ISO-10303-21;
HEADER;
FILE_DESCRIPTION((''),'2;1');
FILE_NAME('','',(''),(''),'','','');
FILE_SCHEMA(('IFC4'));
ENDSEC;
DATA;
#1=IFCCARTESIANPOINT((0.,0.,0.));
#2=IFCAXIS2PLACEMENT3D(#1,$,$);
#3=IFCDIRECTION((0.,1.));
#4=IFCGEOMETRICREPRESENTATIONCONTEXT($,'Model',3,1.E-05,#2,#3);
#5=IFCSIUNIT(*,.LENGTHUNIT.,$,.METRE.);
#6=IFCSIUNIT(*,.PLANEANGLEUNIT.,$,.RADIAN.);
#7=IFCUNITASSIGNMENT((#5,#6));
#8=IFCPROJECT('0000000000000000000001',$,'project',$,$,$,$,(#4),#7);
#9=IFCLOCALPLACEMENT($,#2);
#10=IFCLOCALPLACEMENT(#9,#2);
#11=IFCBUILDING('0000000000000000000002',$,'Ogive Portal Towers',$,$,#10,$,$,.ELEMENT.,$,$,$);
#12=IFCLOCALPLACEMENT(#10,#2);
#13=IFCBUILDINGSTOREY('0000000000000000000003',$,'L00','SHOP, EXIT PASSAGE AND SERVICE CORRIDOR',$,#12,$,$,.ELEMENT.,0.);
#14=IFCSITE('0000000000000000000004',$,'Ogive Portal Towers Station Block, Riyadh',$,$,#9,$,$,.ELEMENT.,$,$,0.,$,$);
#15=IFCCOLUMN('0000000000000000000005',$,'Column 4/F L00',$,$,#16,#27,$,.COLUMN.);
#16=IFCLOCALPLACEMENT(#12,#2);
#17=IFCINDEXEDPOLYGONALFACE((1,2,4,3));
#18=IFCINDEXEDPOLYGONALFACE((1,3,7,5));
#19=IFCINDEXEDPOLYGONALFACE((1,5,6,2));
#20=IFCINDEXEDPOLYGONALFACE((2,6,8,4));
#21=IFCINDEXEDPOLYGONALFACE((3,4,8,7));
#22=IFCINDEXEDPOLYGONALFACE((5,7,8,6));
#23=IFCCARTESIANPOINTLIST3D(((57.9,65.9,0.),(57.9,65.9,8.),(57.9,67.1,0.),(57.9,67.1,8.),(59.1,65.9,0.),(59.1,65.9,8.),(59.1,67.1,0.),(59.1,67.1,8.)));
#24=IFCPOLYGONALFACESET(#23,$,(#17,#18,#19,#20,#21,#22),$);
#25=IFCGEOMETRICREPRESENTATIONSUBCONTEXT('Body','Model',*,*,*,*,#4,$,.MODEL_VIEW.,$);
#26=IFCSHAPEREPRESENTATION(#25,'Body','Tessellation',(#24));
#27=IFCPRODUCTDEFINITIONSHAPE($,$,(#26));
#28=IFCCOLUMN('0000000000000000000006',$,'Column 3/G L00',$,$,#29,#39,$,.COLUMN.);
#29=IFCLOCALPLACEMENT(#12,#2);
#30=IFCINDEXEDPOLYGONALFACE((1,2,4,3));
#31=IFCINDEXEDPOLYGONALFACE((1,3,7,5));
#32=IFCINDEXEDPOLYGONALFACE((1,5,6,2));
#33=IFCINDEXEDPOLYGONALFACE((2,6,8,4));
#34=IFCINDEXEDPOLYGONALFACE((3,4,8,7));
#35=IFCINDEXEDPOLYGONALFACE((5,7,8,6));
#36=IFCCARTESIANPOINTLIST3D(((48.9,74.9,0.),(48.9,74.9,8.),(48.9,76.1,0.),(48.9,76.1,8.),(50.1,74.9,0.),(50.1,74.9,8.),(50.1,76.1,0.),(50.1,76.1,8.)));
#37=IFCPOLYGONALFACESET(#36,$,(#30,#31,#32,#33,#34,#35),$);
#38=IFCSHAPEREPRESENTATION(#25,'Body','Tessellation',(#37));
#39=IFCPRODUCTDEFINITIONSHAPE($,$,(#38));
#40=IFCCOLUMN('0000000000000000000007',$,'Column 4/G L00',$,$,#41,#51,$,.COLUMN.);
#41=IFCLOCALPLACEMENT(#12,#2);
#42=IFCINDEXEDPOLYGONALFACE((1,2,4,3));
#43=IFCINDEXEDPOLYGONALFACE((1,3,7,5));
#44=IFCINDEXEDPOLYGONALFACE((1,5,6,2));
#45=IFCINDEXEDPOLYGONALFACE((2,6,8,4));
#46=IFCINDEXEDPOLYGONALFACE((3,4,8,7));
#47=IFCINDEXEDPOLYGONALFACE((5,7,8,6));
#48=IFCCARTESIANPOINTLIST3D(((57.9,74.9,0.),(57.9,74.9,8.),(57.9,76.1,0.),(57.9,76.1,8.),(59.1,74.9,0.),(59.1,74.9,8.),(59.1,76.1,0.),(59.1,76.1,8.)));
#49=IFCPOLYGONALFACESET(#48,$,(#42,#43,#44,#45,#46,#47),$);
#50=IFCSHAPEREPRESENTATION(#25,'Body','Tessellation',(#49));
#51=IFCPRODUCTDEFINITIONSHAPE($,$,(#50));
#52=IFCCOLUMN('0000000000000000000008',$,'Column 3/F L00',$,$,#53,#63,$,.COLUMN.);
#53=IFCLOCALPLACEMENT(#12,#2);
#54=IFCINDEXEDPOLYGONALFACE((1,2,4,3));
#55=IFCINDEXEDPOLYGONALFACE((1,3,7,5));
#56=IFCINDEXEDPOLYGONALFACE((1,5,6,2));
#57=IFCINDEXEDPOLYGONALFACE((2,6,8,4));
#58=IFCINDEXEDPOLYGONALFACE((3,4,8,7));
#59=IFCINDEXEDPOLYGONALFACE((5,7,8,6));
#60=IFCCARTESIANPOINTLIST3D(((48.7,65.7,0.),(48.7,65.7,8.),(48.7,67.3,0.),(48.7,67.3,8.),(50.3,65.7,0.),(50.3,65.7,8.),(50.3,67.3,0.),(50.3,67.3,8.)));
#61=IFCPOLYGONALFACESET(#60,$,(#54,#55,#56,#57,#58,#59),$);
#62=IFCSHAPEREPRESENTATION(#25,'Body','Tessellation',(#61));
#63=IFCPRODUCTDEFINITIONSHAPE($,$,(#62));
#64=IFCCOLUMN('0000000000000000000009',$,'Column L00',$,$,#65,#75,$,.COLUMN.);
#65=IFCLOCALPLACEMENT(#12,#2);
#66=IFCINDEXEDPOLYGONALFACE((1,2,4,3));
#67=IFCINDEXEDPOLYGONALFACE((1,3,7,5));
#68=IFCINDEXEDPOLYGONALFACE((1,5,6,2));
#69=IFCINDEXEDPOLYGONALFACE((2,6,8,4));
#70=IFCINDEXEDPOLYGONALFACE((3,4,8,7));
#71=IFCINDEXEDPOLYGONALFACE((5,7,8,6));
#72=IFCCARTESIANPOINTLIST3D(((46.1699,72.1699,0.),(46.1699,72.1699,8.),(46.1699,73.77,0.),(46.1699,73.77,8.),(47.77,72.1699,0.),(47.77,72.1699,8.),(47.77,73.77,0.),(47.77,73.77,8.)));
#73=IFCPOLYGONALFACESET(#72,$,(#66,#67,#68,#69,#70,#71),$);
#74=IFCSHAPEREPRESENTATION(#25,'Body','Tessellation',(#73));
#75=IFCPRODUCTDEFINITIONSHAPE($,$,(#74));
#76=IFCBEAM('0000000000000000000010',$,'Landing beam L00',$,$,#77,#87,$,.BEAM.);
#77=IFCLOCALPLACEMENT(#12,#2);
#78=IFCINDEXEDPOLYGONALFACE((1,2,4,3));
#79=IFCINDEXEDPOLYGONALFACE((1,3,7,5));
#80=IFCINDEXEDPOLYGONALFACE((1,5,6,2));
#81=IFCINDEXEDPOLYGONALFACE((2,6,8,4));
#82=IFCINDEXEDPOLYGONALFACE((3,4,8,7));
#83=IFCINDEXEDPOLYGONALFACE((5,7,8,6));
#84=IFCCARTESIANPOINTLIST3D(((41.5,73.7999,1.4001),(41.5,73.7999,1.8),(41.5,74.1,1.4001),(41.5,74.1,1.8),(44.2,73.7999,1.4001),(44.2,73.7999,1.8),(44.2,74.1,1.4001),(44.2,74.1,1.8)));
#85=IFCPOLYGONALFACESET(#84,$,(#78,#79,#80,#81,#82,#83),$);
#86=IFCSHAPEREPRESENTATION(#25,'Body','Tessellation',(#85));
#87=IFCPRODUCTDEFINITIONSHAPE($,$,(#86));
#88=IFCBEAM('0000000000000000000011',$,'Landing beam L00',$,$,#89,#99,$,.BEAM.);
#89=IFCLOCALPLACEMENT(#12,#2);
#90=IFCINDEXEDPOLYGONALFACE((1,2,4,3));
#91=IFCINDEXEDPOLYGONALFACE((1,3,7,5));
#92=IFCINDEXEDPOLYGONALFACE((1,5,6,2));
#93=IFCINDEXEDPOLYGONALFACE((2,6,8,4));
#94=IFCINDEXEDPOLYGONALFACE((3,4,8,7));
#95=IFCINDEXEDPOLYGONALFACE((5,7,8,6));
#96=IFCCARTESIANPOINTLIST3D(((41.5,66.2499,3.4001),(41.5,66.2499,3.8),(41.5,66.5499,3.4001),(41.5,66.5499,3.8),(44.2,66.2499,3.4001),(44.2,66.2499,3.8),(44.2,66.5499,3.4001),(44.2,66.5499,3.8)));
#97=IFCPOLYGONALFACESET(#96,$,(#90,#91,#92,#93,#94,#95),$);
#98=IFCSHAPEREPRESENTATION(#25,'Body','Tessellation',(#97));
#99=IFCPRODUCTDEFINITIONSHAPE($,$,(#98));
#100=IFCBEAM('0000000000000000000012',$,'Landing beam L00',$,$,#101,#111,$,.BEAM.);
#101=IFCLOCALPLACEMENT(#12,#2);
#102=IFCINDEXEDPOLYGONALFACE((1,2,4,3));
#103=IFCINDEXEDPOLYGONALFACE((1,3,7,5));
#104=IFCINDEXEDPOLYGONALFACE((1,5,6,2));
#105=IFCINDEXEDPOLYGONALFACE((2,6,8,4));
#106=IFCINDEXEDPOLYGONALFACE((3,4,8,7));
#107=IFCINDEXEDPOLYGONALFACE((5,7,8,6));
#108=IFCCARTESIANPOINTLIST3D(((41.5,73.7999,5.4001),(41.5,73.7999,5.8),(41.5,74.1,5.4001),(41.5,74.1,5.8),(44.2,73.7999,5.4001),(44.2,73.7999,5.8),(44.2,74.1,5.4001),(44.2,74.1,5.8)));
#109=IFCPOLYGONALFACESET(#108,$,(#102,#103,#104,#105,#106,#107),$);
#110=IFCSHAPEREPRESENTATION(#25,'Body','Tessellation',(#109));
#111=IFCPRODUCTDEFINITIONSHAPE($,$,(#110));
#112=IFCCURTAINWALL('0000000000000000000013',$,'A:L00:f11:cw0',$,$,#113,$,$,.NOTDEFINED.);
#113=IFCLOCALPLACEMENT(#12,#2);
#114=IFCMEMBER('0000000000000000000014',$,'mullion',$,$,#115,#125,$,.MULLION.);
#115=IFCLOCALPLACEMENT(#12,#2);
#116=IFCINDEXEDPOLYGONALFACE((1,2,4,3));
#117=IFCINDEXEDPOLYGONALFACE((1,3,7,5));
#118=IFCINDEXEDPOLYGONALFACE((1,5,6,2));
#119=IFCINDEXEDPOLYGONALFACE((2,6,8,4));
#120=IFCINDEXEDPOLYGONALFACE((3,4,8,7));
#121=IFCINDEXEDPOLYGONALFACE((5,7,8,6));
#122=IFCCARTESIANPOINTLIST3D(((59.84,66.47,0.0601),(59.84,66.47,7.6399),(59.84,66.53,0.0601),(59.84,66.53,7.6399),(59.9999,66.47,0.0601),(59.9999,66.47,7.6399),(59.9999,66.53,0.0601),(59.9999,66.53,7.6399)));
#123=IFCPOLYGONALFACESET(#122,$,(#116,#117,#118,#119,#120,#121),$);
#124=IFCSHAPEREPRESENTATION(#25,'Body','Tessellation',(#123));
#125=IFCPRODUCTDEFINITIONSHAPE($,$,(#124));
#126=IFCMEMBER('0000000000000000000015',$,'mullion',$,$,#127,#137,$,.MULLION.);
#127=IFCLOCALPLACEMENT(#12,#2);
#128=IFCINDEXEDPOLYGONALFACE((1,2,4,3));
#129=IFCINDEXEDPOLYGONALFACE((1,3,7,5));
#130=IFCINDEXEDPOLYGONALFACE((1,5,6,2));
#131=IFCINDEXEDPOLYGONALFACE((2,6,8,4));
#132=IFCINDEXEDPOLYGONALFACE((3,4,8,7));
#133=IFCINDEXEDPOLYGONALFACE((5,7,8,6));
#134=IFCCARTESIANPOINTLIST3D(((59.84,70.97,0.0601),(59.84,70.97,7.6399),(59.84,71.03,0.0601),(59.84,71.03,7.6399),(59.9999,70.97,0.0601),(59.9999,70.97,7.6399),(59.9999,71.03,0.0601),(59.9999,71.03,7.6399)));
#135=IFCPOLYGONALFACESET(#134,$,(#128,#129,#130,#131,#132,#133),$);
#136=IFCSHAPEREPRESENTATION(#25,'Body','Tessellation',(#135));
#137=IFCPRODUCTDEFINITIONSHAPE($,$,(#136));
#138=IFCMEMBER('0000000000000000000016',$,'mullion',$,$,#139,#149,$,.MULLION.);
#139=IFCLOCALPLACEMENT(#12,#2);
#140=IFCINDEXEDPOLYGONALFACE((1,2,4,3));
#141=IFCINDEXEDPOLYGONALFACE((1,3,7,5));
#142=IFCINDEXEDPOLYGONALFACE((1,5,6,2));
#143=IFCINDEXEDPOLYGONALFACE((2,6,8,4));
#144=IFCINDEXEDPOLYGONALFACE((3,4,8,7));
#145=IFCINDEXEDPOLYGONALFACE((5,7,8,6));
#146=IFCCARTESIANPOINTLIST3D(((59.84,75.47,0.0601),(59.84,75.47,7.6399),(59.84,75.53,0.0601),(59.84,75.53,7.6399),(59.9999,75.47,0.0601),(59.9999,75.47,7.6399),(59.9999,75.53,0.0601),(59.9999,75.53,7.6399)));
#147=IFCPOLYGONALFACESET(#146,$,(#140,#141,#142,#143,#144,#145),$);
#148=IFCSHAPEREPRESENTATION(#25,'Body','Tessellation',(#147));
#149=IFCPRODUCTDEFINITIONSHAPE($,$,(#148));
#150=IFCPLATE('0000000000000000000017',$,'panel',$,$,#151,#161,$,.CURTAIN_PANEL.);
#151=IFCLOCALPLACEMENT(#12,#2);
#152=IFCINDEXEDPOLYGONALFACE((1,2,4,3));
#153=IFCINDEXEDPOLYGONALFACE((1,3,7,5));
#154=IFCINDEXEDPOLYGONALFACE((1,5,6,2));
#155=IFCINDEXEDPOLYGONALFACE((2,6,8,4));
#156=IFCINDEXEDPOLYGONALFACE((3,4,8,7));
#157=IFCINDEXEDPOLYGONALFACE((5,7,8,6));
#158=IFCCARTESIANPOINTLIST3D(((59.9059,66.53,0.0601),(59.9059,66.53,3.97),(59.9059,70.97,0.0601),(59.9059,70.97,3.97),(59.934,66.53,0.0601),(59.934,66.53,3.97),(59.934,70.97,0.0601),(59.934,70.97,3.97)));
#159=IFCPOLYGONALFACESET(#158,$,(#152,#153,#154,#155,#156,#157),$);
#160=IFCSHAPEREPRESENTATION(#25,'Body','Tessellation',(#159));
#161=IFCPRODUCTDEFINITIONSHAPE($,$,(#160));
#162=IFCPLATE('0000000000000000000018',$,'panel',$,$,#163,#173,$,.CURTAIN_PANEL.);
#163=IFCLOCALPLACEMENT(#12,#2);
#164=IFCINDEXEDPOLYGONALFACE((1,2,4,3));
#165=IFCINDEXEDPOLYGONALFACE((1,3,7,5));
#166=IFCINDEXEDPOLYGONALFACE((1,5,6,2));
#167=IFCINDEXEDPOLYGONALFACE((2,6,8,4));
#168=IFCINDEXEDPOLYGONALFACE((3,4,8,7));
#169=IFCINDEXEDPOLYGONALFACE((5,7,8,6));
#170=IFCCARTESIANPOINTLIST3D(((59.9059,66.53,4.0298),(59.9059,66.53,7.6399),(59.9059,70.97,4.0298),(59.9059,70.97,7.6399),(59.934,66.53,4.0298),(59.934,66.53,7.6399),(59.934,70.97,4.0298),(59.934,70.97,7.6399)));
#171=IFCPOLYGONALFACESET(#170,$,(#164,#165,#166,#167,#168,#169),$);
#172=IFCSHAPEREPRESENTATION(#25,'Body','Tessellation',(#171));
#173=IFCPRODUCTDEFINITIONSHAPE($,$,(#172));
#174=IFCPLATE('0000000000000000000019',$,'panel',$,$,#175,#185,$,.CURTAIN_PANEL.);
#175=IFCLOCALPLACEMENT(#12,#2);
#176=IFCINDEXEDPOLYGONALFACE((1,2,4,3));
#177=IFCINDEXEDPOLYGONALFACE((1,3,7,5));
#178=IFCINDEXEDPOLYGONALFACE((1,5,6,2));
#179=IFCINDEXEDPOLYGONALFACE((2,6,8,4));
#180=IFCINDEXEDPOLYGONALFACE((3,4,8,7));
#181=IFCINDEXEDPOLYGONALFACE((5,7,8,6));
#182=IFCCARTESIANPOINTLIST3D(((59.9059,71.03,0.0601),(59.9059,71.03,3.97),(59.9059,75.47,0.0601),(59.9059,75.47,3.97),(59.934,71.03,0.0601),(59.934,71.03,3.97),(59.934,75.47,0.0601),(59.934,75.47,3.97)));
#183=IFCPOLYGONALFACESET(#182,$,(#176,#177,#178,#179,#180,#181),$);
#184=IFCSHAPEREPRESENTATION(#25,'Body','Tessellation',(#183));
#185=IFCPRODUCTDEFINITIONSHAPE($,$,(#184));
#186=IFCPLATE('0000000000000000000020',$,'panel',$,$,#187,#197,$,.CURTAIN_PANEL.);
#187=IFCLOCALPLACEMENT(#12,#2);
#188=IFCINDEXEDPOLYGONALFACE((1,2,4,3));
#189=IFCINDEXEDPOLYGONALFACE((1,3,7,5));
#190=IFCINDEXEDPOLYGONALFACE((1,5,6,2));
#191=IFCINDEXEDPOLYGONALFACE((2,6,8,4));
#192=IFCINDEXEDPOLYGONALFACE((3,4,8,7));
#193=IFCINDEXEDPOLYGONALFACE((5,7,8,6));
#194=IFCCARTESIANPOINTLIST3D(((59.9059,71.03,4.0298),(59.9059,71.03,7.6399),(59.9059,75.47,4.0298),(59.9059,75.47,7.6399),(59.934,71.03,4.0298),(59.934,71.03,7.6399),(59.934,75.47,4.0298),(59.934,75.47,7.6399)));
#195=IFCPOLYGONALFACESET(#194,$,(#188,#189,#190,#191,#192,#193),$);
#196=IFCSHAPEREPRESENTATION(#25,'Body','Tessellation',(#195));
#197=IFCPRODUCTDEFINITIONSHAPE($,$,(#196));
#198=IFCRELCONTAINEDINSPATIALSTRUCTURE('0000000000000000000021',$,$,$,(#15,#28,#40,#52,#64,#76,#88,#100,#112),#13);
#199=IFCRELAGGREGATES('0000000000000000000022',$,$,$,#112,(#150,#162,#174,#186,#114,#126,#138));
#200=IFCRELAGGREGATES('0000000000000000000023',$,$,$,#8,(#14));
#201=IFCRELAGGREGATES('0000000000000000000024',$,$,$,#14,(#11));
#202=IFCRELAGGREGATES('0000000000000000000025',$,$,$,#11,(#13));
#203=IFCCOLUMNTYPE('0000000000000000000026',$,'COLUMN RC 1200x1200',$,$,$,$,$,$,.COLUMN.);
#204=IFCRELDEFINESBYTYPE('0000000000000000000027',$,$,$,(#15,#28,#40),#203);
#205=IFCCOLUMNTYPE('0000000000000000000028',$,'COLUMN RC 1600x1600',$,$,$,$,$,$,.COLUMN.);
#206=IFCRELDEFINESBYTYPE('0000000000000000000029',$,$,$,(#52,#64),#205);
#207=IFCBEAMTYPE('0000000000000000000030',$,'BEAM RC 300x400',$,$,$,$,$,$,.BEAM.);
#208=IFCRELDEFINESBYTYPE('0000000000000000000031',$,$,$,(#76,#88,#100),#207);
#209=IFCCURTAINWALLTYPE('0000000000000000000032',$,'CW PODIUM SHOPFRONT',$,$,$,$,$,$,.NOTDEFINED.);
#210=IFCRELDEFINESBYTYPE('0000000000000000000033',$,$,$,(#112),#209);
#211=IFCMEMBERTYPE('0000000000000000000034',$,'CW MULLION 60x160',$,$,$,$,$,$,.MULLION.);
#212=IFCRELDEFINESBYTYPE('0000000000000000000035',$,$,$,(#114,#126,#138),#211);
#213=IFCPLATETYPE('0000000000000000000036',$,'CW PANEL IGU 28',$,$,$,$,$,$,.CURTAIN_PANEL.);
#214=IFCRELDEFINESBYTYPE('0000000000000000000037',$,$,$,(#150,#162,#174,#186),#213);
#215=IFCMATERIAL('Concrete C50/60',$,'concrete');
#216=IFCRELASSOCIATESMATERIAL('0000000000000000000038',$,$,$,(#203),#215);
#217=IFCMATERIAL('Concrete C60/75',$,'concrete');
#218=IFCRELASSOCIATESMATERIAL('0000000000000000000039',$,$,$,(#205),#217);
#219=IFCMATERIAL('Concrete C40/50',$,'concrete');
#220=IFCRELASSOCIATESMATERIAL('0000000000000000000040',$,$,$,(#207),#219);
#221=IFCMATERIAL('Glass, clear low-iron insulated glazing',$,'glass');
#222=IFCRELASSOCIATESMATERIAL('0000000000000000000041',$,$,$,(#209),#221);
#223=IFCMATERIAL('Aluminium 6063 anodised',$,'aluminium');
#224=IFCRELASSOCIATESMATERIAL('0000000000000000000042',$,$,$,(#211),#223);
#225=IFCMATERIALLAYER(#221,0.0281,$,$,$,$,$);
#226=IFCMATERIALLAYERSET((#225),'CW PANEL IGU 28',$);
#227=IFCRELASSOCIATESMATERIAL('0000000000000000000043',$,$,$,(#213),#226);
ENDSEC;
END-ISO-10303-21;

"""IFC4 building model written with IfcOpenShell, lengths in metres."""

from ifc_helpers import new_model, si_unit, direction, frame, origin, origin_2d, place, context, subcontext, project, spatial, rectangle, extrude, material, layer, layer_set, material_profile, profile_set, type_object, element, aggregate, save


model = new_model("IFC4")

# Units and contexts
model_context = context("Model", 3, precision=1e-05, world=origin(), true_north=direction((0.0, 1.0)))
body_context = subcontext(model_context, "Body", "Model", "MODEL_VIEW")
ifc_project = project(units=[si_unit("LENGTHUNIT", "METRE"), si_unit("PLANEANGLEUNIT", "RADIAN")], contexts=[model_context])

# Site, building, storey
site_placement = place(None, origin())
site = spatial("IfcSite", under=ifc_project, at=site_placement, Name="Ogive Portal Towers Station Block, Riyadh", CompositionType="ELEMENT", RefElevation=0.0)
building_placement = place(site_placement, origin())
building = spatial("IfcBuilding", under=site, at=building_placement, Name="Ogive Portal Towers", CompositionType="ELEMENT")
storey_placement = place(building_placement, origin())
storey = spatial("IfcBuildingStorey", under=building, at=storey_placement, Name="L00", Description="SHOP, EXIT PASSAGE AND SERVICE CORRIDOR", CompositionType="ELEMENT", Elevation=0.0)

# Columns
ifc_material_1 = material(Name="Concrete C50/60", Category="concrete")
ifc_material_profile_1 = material_profile(ifc_material_1, rectangle(XDim=1.2, YDim=1.2, at=origin_2d()), Name="RC 1200x1200")
ifc_profile_set_1 = profile_set([ifc_material_profile_1], Name="Concrete C50/60")
column_type_1 = type_object("IfcColumnType", Name="COLUMN RC 1200x1200", PredefinedType="COLUMN", material=ifc_profile_set_1)
for number, where, z_axis, x_axis, name in (
    (1, (58.5, 66.5, 0.0), (0.0, 0.0, 1.0), (1.0, 0.0, 0.0), "Column 4/F L00"),
    (2, (49.5, 75.5, 0.0), (0.0, 0.0, 1.0), (1.0, 0.0, 0.0), "Column 3/G L00"),
    (3, (58.5, 75.5, 0.0), (0.0, 0.0, 1.0), (1.0, 0.0, 0.0), "Column 4/G L00"),
):
    element("IfcColumn", number, at=place(storey_placement, frame(where, z_axis=z_axis, x_axis=x_axis)), inside=storey, type_object=column_type_1, Name=name, PredefinedType="COLUMN", context=body_context, shape_type="SweptSolid", body=[
        extrude(rectangle(XDim=1.2, YDim=1.2, at=origin_2d()), origin(), (0.0, 0.0, 1.0), 8.0),
    ])
ifc_material_2 = material(Name="Concrete C60/75", Category="concrete")
ifc_material_profile_2 = material_profile(ifc_material_2, rectangle(XDim=1.6001, YDim=1.6001, at=origin_2d()), Name="RC 1600x1600")
ifc_profile_set_2 = profile_set([ifc_material_profile_2], Name="Concrete C60/75")
column_type_2 = type_object("IfcColumnType", Name="COLUMN RC 1600x1600", PredefinedType="COLUMN", material=ifc_profile_set_2)
for number, where, z_axis, x_axis, name in (
    (4, (49.5, 66.5, 0.0), (0.0, 0.0, 1.0), (1.0, 0.0, 0.0), "Column 3/F L00"),
    (5, (46.97, 72.97, 0.0), (0.0, 0.0, 1.0), (1.0, 0.0, 0.0), "Column L00"),
):
    element("IfcColumn", number, at=place(storey_placement, frame(where, z_axis=z_axis, x_axis=x_axis)), inside=storey, type_object=column_type_2, Name=name, PredefinedType="COLUMN", context=body_context, shape_type="SweptSolid", body=[
        extrude(rectangle(XDim=1.6001, YDim=1.6001, at=origin_2d()), origin(), (0.0, 0.0, 1.0), 8.0),
    ])

# Beams
ifc_material_3 = material(Name="Concrete C40/50", Category="concrete")
ifc_material_profile_3 = material_profile(ifc_material_3, rectangle(XDim=0.3, YDim=0.3999, at=origin_2d()), Name="RC 300x400")
ifc_profile_set_3 = profile_set([ifc_material_profile_3], Name="Concrete C40/50")
beam_type = type_object("IfcBeamType", Name="BEAM RC 300x400", PredefinedType="BEAM", material=ifc_profile_set_3)
for number, where, z_axis, x_axis, name in (
    (6, (41.5, 73.95, 1.6001), (1.0, 0.0, 0.0), (0.0, 1.0, 0.0), "Landing beam L00"),
    (7, (41.5, 66.3999, 3.6001), (1.0, 0.0, 0.0), (0.0, 1.0, 0.0), "Landing beam L00"),
    (8, (41.5, 73.95, 5.6001), (1.0, 0.0, 0.0), (0.0, 1.0, 0.0), "Landing beam L00"),
):
    element("IfcBeam", number, at=place(storey_placement, frame(where, z_axis=z_axis, x_axis=x_axis)), inside=storey, type_object=beam_type, Name=name, PredefinedType="BEAM", context=body_context, shape_type="SweptSolid", body=[
        extrude(rectangle(XDim=0.3, YDim=0.3999, at=origin_2d()), origin(), (0.0, 0.0, 1.0), 2.7),
    ])

# Curtain wall, members, plates
ifc_material_4 = material(Name="Glass, clear low-iron insulated glazing", Category="glass")
curtain_wall_type = type_object("IfcCurtainWallType", Name="CW PODIUM SHOPFRONT", PredefinedType="NOTDEFINED", material=ifc_material_4)
curtain_wall_placement = place(storey_placement, origin())
curtain_wall = element("IfcCurtainWall", 9, at=curtain_wall_placement, inside=storey, type_object=curtain_wall_type, Name="A:L00:f11:cw0", PredefinedType="NOTDEFINED")
ifc_material_5 = material(Name="Aluminium 6063 anodised", Category="aluminium")
ifc_material_profile_4 = material_profile(ifc_material_5, rectangle(XDim=0.1599, YDim=0.0601, at=origin_2d()), Name="AL 60x160")
ifc_profile_set_4 = profile_set([ifc_material_profile_4], Name="Aluminium 6063 anodised")
member_type = type_object("IfcMemberType", Name="CW MULLION 60x160", PredefinedType="MULLION", material=ifc_profile_set_4)
member_1_placement = place(storey_placement, frame((59.9199, 66.5, 0.0601), z_axis=(0.0, 0.0, 1.0), x_axis=(-1.0, 0.0, 0.0)))
member_1 = element("IfcMember", 10, at=member_1_placement, type_object=member_type, Name="mullion", PredefinedType="MULLION", context=body_context, shape_type="SweptSolid", body=[
    extrude(rectangle(XDim=0.1599, YDim=0.0601, at=origin_2d()), origin(), (0.0, 0.0, 1.0), 7.5798),
])
member_2_placement = place(storey_placement, frame((59.9199, 71.0, 0.0601), z_axis=(0.0, 0.0, 1.0), x_axis=(-1.0, 0.0, 0.0)))
member_2 = element("IfcMember", 11, at=member_2_placement, type_object=member_type, Name="mullion", PredefinedType="MULLION", context=body_context, shape_type="SweptSolid", body=[
    extrude(rectangle(XDim=0.1599, YDim=0.0601, at=origin_2d()), origin(), (0.0, 0.0, 1.0), 7.5798),
])
member_3_placement = place(storey_placement, frame((59.9199, 75.5, 0.0601), z_axis=(0.0, 0.0, 1.0), x_axis=(-1.0, 0.0, 0.0)))
member_3 = element("IfcMember", 12, at=member_3_placement, type_object=member_type, Name="mullion", PredefinedType="MULLION", context=body_context, shape_type="SweptSolid", body=[
    extrude(rectangle(XDim=0.1599, YDim=0.0601, at=origin_2d()), origin(), (0.0, 0.0, 1.0), 7.5798),
])
ifc_layer_1 = layer(ifc_material_4, 0.0281)
ifc_layer_set_1 = layer_set([ifc_layer_1], Name="CW PANEL IGU 28")
plate_type = type_object("IfcPlateType", Name="CW PANEL IGU 28", PredefinedType="CURTAIN_PANEL", material=ifc_layer_set_1)
plate_1_placement = place(storey_placement, frame((59.9199, 68.75, 0.0601), z_axis=(0.0, 0.0, 1.0), x_axis=(0.0, 1.0, 0.0)))
plate_1 = element("IfcPlate", 13, at=plate_1_placement, type_object=plate_type, Name="panel", PredefinedType="CURTAIN_PANEL", context=body_context, shape_type="SweptSolid", body=[
    extrude(rectangle(XDim=4.4399, YDim=0.0281, at=origin_2d()), origin(), (0.0, 0.0, 1.0), 3.9099),
])
plate_2_placement = place(storey_placement, frame((59.9199, 68.75, 4.0298), z_axis=(0.0, 0.0, 1.0), x_axis=(0.0, 1.0, 0.0)))
plate_2 = element("IfcPlate", 14, at=plate_2_placement, type_object=plate_type, Name="panel", PredefinedType="CURTAIN_PANEL", context=body_context, shape_type="SweptSolid", body=[
    extrude(rectangle(XDim=4.4399, YDim=0.0281, at=origin_2d()), origin(), (0.0, 0.0, 1.0), 3.6101),
])
plate_3_placement = place(storey_placement, frame((59.9199, 73.25, 0.0601), z_axis=(0.0, 0.0, 1.0), x_axis=(0.0, 1.0, 0.0)))
plate_3 = element("IfcPlate", 15, at=plate_3_placement, type_object=plate_type, Name="panel", PredefinedType="CURTAIN_PANEL", context=body_context, shape_type="SweptSolid", body=[
    extrude(rectangle(XDim=4.4399, YDim=0.0281, at=origin_2d()), origin(), (0.0, 0.0, 1.0), 3.9099),
])
plate_4_placement = place(storey_placement, frame((59.9199, 73.25, 4.0298), z_axis=(0.0, 0.0, 1.0), x_axis=(0.0, 1.0, 0.0)))
plate_4 = element("IfcPlate", 16, at=plate_4_placement, type_object=plate_type, Name="panel", PredefinedType="CURTAIN_PANEL", context=body_context, shape_type="SweptSolid", body=[
    extrude(rectangle(XDim=4.4399, YDim=0.0281, at=origin_2d()), origin(), (0.0, 0.0, 1.0), 3.6101),
])
aggregate(curtain_wall, [plate_1, plate_2, plate_3, plate_4, member_1, member_2, member_3])

save(model, "model.ifc")
